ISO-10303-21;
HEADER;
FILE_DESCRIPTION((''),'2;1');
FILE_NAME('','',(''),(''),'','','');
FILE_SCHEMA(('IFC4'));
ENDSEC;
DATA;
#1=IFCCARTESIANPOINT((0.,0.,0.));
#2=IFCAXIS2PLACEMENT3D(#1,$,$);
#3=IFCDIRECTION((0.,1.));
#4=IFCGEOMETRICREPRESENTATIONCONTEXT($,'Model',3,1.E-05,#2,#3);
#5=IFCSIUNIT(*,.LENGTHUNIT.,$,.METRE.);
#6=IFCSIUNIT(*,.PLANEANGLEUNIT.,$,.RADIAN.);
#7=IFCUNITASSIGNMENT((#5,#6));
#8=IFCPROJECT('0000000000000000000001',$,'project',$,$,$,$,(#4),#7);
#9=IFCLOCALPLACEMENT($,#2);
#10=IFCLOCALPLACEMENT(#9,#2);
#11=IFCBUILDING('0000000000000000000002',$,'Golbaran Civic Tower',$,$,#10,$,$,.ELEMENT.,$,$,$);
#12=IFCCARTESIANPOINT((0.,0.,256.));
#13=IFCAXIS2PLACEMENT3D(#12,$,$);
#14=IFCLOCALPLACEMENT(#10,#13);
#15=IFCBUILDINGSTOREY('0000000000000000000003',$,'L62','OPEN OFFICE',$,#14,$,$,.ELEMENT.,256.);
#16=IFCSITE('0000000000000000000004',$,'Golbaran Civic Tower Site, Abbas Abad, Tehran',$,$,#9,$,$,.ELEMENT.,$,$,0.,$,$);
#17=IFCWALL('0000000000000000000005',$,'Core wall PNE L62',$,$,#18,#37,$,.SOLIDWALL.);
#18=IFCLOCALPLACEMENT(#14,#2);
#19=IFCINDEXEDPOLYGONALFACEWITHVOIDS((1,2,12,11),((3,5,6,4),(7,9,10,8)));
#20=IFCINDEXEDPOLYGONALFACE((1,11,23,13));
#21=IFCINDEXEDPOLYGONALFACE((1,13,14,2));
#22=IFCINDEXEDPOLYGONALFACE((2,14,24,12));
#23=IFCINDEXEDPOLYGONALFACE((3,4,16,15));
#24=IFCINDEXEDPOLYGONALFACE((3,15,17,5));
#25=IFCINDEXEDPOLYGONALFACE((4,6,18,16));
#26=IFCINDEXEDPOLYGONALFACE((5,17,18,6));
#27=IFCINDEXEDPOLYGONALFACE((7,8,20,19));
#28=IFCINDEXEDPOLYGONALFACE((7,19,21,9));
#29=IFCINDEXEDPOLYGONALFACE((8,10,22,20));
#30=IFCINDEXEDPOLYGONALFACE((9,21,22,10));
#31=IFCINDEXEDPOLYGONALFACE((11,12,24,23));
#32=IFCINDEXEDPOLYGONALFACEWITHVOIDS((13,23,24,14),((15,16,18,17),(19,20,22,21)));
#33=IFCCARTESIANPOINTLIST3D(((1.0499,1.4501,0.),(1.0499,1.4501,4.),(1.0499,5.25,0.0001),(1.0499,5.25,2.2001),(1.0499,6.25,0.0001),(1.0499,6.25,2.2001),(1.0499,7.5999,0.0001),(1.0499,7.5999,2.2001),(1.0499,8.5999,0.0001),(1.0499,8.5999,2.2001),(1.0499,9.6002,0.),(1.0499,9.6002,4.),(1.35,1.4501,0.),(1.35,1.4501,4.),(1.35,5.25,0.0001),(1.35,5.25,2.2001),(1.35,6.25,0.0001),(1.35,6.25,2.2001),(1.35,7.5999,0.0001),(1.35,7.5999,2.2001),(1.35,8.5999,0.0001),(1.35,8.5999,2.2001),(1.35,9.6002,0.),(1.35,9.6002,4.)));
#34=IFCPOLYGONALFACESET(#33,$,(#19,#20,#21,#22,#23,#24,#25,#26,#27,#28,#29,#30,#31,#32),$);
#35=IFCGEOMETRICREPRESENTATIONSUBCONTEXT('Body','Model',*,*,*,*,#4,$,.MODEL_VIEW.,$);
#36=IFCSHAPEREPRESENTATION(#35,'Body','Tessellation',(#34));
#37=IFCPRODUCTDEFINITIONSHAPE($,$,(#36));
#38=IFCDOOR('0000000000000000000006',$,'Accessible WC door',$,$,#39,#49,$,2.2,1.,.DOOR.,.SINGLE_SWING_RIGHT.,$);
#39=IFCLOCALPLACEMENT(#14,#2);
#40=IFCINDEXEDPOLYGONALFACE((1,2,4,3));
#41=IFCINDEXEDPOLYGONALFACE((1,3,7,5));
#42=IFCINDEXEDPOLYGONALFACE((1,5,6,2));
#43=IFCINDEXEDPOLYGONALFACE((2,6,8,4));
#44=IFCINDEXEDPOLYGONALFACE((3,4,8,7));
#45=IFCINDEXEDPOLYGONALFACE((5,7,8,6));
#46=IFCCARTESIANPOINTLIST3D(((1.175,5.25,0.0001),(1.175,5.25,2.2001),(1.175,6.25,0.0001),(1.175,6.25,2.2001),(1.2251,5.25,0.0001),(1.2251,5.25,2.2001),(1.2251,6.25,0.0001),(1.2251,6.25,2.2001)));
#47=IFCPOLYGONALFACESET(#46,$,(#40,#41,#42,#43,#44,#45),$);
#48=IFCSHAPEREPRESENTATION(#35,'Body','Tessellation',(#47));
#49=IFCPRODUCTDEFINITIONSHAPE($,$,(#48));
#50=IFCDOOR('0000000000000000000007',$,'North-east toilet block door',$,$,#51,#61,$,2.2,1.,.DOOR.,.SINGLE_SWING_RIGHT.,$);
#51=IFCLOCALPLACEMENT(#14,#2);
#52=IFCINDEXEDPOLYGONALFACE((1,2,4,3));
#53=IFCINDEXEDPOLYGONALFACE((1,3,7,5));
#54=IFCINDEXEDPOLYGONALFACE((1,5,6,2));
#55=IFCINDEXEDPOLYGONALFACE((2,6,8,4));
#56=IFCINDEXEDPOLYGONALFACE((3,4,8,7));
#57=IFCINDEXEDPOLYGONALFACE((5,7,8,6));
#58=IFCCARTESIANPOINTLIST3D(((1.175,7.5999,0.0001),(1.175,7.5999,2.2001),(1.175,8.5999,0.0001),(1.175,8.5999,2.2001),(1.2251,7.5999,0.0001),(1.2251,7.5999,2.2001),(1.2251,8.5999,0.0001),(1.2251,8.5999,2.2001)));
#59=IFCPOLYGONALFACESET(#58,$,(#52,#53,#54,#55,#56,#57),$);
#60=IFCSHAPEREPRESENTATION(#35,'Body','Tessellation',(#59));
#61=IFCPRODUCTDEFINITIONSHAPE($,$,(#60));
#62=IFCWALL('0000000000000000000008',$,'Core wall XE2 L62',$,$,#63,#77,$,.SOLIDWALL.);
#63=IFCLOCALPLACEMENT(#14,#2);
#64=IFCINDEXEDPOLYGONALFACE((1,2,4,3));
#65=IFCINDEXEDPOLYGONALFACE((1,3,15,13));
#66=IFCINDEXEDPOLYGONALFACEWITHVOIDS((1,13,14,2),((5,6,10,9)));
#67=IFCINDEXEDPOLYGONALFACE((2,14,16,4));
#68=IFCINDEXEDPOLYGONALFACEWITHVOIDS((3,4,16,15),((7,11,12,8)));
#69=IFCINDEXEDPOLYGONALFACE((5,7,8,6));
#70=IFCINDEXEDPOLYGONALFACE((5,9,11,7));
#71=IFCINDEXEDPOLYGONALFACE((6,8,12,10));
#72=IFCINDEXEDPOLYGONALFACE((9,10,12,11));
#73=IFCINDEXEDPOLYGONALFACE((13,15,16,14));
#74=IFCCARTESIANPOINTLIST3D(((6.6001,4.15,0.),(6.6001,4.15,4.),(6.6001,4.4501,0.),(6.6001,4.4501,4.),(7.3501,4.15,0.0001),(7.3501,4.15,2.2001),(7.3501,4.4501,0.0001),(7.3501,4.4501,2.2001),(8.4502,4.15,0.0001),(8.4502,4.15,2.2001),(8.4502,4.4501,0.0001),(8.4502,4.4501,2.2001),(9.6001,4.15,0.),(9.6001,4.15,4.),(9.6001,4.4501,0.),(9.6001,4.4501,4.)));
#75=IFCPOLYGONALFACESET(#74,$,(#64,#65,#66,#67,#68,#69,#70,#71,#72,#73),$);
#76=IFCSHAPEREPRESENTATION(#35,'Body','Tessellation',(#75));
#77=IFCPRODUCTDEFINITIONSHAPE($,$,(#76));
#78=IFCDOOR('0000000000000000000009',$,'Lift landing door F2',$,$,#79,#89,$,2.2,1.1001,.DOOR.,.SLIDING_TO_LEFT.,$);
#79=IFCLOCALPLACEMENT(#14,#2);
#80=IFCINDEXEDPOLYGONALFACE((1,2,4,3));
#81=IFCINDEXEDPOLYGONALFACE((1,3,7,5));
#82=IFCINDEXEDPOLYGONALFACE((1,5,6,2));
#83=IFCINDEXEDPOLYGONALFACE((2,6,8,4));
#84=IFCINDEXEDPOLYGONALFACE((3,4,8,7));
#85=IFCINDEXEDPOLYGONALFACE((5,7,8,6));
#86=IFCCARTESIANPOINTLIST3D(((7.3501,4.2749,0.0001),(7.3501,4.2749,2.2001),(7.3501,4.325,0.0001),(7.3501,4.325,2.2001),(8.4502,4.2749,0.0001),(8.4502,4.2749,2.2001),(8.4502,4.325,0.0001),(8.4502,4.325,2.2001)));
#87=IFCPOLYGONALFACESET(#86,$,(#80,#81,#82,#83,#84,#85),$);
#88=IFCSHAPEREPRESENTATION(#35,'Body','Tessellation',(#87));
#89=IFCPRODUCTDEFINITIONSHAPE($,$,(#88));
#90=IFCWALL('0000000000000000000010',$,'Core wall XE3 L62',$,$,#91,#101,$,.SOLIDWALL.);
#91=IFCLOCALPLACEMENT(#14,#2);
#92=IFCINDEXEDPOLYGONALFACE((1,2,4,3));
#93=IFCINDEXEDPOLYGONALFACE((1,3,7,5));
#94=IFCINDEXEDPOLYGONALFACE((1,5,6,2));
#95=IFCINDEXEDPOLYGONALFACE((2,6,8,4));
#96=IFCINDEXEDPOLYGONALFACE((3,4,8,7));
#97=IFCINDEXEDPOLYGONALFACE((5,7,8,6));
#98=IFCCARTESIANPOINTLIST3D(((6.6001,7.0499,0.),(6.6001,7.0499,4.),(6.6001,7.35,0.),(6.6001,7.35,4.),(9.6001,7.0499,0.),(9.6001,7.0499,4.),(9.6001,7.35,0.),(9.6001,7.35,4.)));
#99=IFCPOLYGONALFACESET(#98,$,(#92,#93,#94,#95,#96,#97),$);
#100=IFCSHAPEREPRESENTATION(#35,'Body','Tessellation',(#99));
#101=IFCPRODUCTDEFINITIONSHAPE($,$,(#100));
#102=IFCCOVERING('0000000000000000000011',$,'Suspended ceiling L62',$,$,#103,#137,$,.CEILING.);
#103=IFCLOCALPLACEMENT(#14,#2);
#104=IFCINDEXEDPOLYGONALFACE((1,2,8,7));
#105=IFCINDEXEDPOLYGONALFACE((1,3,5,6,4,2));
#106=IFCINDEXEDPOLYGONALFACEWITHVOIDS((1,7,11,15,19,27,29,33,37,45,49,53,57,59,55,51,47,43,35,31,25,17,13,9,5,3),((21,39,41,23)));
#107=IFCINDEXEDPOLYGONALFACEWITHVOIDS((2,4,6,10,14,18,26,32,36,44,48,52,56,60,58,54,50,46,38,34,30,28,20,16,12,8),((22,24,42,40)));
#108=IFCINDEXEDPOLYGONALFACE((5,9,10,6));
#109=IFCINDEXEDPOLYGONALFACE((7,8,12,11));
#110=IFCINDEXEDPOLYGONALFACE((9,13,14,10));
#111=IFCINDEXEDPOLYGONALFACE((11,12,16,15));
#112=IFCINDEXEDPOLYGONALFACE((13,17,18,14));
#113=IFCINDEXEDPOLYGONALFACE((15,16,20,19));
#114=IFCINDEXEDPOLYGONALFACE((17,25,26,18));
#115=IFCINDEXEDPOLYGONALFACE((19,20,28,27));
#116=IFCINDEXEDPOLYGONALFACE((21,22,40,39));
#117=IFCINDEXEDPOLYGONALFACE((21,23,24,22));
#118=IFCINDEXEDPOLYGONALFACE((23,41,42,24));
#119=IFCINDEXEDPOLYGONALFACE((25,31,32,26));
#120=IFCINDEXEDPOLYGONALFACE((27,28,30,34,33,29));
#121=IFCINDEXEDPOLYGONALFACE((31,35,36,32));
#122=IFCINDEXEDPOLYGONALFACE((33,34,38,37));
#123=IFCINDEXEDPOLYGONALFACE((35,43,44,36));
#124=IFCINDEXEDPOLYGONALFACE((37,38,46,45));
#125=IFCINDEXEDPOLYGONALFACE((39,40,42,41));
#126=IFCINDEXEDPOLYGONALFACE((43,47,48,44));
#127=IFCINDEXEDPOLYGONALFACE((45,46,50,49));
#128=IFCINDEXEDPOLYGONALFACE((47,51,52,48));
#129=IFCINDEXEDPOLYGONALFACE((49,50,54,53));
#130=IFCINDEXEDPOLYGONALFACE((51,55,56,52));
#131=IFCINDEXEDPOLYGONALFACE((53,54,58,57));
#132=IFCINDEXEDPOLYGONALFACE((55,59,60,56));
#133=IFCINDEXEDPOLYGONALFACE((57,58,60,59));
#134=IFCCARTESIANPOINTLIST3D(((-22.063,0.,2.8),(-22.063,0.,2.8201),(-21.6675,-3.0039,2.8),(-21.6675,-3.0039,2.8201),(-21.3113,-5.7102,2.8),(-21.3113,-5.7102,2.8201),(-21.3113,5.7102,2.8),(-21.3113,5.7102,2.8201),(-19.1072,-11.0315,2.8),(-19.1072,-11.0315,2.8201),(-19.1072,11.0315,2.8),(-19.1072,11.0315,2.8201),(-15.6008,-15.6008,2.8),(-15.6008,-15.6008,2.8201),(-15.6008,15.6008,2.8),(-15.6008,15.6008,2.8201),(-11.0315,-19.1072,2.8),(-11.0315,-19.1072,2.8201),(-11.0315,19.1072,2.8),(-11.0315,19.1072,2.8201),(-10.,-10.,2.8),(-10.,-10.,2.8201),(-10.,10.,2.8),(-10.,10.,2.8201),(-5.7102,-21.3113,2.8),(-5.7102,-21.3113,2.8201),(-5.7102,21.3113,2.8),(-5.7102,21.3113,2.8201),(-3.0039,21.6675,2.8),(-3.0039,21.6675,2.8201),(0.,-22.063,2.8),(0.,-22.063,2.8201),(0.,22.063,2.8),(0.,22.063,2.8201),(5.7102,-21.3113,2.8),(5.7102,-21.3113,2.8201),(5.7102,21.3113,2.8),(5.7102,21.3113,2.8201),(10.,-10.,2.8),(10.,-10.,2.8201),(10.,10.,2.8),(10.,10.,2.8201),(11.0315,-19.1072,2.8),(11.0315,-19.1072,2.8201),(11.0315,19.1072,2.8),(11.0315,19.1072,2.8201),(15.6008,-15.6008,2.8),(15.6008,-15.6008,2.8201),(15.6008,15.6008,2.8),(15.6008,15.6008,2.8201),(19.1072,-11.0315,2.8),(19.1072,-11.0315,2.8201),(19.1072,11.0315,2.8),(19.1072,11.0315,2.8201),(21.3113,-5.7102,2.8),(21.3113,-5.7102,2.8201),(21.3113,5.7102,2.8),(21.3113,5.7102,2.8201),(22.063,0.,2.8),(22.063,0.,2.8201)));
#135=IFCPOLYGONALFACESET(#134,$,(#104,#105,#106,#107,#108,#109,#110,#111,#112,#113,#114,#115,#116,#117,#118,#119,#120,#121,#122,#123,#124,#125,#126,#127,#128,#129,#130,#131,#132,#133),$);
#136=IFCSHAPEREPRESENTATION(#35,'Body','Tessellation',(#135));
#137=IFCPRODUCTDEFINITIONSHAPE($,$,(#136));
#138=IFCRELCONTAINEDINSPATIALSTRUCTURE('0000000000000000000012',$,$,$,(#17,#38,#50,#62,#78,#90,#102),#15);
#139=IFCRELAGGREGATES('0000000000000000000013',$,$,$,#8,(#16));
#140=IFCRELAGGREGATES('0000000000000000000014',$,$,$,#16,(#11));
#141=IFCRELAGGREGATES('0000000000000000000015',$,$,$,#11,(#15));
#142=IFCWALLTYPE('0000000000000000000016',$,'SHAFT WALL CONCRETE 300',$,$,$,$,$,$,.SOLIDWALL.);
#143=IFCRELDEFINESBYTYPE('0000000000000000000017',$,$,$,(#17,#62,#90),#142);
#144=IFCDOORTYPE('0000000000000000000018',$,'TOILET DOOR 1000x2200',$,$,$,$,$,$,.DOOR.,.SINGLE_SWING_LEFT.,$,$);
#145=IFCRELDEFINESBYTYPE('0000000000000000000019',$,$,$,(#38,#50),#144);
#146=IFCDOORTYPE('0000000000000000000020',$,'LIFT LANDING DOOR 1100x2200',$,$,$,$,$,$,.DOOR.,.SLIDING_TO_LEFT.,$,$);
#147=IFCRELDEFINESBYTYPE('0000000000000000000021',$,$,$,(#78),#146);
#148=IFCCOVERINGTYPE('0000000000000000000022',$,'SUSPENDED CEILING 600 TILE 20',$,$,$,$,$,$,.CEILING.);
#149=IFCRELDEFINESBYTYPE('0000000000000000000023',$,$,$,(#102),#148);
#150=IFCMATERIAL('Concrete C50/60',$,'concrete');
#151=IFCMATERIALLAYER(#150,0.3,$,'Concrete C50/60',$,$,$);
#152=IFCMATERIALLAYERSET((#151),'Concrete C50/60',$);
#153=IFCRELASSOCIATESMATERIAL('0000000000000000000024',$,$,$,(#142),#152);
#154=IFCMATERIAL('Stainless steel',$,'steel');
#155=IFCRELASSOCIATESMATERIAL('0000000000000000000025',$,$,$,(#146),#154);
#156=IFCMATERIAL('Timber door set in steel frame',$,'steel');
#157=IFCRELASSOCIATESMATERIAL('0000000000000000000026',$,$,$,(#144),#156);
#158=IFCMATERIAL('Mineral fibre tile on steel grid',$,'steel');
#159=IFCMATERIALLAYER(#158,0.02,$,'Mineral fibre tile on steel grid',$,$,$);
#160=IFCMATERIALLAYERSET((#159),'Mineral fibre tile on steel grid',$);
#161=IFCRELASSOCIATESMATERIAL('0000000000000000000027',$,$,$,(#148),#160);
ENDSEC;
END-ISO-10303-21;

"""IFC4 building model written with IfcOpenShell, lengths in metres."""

from ifc_helpers import new_model, si_unit, direction, frame, frame_2d, origin, place, context, subcontext, project, spatial, polyline, rectangle, outline, extrude, material, layer, layer_set, type_object, element, fill, save


model = new_model("IFC4")

# Units and contexts
model_context = context("Model", 3, precision=1e-05, world=origin(), true_north=direction((0.0, 1.0)))
body_context = subcontext(model_context, "Body", "Model", "MODEL_VIEW")
ifc_project = project(units=[si_unit("LENGTHUNIT", "METRE"), si_unit("PLANEANGLEUNIT", "RADIAN")], contexts=[model_context])

# Site, building, storey
site_placement = place(None, origin())
site = spatial("IfcSite", under=ifc_project, at=site_placement, Name="Golbaran Civic Tower Site, Abbas Abad, Tehran", CompositionType="ELEMENT", RefElevation=0.0)
building_placement = place(site_placement, origin())
building = spatial("IfcBuilding", under=site, at=building_placement, Name="Golbaran Civic Tower", CompositionType="ELEMENT")
storey_placement = place(building_placement, frame((0.0, 0.0, 256.0)))
storey = spatial("IfcBuildingStorey", under=building, at=storey_placement, Name="L62", Description="OPEN OFFICE", CompositionType="ELEMENT", Elevation=256.0)

# Shared definitions
ifc_material_1 = material(Name="Timber door set in steel frame", Category="steel")

# Shared definitions
ifc_material_2 = material(Name="Concrete C50/60", Category="concrete")

# Shared definitions
ifc_layer_1 = layer(ifc_material_2, 0.3, Name="Concrete C50/60")
ifc_layer_set_1 = layer_set([ifc_layer_1], Name="Concrete C50/60")
wall_type_1 = type_object("IfcWallType", Name="SHAFT WALL CONCRETE 300", PredefinedType="SOLIDWALL", material=ifc_layer_set_1)
ifc_material_3 = material(Name="Stainless steel", Category="steel")
door_type_1 = type_object("IfcDoorType", Name="LIFT LANDING DOOR 1100x2200", OperationType="SLIDING_TO_LEFT", PredefinedType="DOOR", material=ifc_material_3)

# Wall, openings, doors
wall_1_placement = place(storey_placement, frame((1.2, 1.45, 0.0), z_axis=(0.0, 0.0, 1.0), x_axis=(0.0, 1.0, 0.0)))
wall_1 = element("IfcWall", 1, at=wall_1_placement, inside=storey, type_object=wall_type_1, Name="Core wall PNE L62", PredefinedType="SOLIDWALL", context=body_context, shape_type="SweptSolid", body=[
    extrude(rectangle(XDim=8.1501, YDim=0.3, at=frame_2d((4.0752, 0.0))), origin(), (0.0, 0.0, 1.0), 4.0),
])
opening_1_placement = place(wall_1_placement, frame((3.8, 0.0, 0.0)))
opening_1 = element("IfcOpeningElement", 2, at=opening_1_placement, cuts=wall_1, PredefinedType="OPENING", context=body_context, shape_type="SweptSolid", body=[
    extrude(rectangle(XDim=1.0, YDim=2.2, at=frame_2d((0.5, 1.1001))), frame((0.0, 0.1599, 0.0), z_axis=(0.0, -1.0, 0.0), x_axis=(1.0, 0.0, 0.0)), (0.0, 0.0, 1.0), 0.3201),
])
opening_2_placement = place(wall_1_placement, frame((6.1499, 0.0, 0.0)))
opening_2 = element("IfcOpeningElement", 3, at=opening_2_placement, cuts=wall_1, PredefinedType="OPENING", context=body_context, shape_type="SweptSolid", body=[
    extrude(rectangle(XDim=1.0, YDim=2.2, at=frame_2d((0.5, 1.1001))), frame((0.0, 0.1599, 0.0), z_axis=(0.0, -1.0, 0.0), x_axis=(1.0, 0.0, 0.0)), (0.0, 0.0, 1.0), 0.3201),
])
door_type_2 = type_object("IfcDoorType", Name="TOILET DOOR 1000x2200", OperationType="SINGLE_SWING_LEFT", PredefinedType="DOOR", material=ifc_material_1)
door_1_placement = place(opening_1_placement, origin())
door_1 = element("IfcDoor", 4, at=door_1_placement, inside=storey, type_object=door_type_2, Name="Accessible WC door", OperationType="SINGLE_SWING_RIGHT", OverallHeight=2.2, OverallWidth=1.0, PredefinedType="DOOR", context=body_context, shape_type="SweptSolid", body=[
    extrude(rectangle(XDim=1.0, YDim=2.2, at=frame_2d((0.5, 1.1001))), frame((0.0, 0.0249, 0.0), z_axis=(0.0, -1.0, 0.0), x_axis=(1.0, 0.0, 0.0)), (0.0, 0.0, 1.0), 0.05),
])
fill(opening_1, door_1)
door_2_placement = place(opening_2_placement, origin())
door_2 = element("IfcDoor", 5, at=door_2_placement, inside=storey, type_object=door_type_2, Name="North-east toilet block door", OperationType="SINGLE_SWING_RIGHT", OverallHeight=2.2, OverallWidth=1.0, PredefinedType="DOOR", context=body_context, shape_type="SweptSolid", body=[
    extrude(rectangle(XDim=1.0, YDim=2.2, at=frame_2d((0.5, 1.1001))), frame((0.0, 0.0249, 0.0), z_axis=(0.0, -1.0, 0.0), x_axis=(1.0, 0.0, 0.0)), (0.0, 0.0, 1.0), 0.05),
])
fill(opening_2, door_2)

# Wall, opening, door
wall_2_placement = place(storey_placement, frame((6.6001, 4.3, 0.0), z_axis=(0.0, 0.0, 1.0), x_axis=(1.0, 0.0, 0.0)))
wall_2 = element("IfcWall", 6, at=wall_2_placement, inside=storey, type_object=wall_type_1, Name="Core wall XE2 L62", PredefinedType="SOLIDWALL", context=body_context, shape_type="SweptSolid", body=[
    extrude(rectangle(XDim=3.0, YDim=0.3, at=frame_2d((1.5, 0.0))), origin(), (0.0, 0.0, 1.0), 4.0),
])
opening_3_placement = place(wall_2_placement, frame((0.75, 0.0, 0.0)))
opening_3 = element("IfcOpeningElement", 7, at=opening_3_placement, cuts=wall_2, PredefinedType="OPENING", context=body_context, shape_type="SweptSolid", body=[
    extrude(rectangle(XDim=1.1001, YDim=2.2, at=frame_2d((0.55, 1.1001))), frame((0.0, 0.1599, 0.0), z_axis=(0.0, -1.0, 0.0), x_axis=(1.0, 0.0, 0.0)), (0.0, 0.0, 1.0), 0.3201),
])
door_3_placement = place(opening_3_placement, origin())
door_3 = element("IfcDoor", 8, at=door_3_placement, inside=storey, type_object=door_type_1, Name="Lift landing door F2", OperationType="SLIDING_TO_LEFT", OverallHeight=2.2, OverallWidth=1.1001, PredefinedType="DOOR", context=body_context, shape_type="SweptSolid", body=[
    extrude(rectangle(XDim=1.1001, YDim=2.2, at=frame_2d((0.55, 1.1001))), frame((0.0, 0.0249, 0.0), z_axis=(0.0, -1.0, 0.0), x_axis=(1.0, 0.0, 0.0)), (0.0, 0.0, 1.0), 0.05),
])
fill(opening_3, door_3)

# Wall
wall_3_placement = place(storey_placement, frame((6.6001, 7.2, 0.0), z_axis=(0.0, 0.0, 1.0), x_axis=(1.0, 0.0, 0.0)))
element("IfcWall", 9, at=wall_3_placement, inside=storey, type_object=wall_type_1, Name="Core wall XE3 L62", PredefinedType="SOLIDWALL", context=body_context, shape_type="SweptSolid", body=[
    extrude(rectangle(XDim=3.0, YDim=0.3, at=frame_2d((1.5, 0.0))), origin(), (0.0, 0.0, 1.0), 4.0),
])

# Covering
ifc_material_4 = material(Name="Mineral fibre tile on steel grid", Category="steel")
ifc_layer_2 = layer(ifc_material_4, 0.02, Name="Mineral fibre tile on steel grid")
ifc_layer_set_2 = layer_set([ifc_layer_2], Name="Mineral fibre tile on steel grid")
covering_type = type_object("IfcCoveringType", Name="SUSPENDED CEILING 600 TILE 20", PredefinedType="CEILING", material=ifc_layer_set_2)
covering_placement = place(storey_placement, frame((0.0, 0.0, 2.8)))
element("IfcCovering", 10, at=covering_placement, inside=storey, type_object=covering_type, Name="Suspended ceiling L62", PredefinedType="CEILING", context=body_context, shape_type="SweptSolid", body=[
    extrude(outline(polyline([(-19.1072, 11.0315), (-15.6008, 15.6008), (-11.0315, 19.1072), (-5.7102, 21.3113), (-3.0039, 21.6675), (0.0, 22.063), (5.7102, 21.3113), (11.0315, 19.1072), (15.6008, 15.6008), (19.1072, 11.0315), (21.3113, 5.7102), (22.063, 0.0), (21.3113, -5.7102), (19.1072, -11.0315), (15.6008, -15.6008), (11.0315, -19.1072), (5.7102, -21.3113), (0.0, -22.063), (-5.7102, -21.3113), (-11.0315, -19.1072), (-15.6008, -15.6008), (-19.1072, -11.0315), (-21.3113, -5.7102), (-21.6675, -3.0039), (-22.063, 0.0), (-21.3113, 5.7102), (-19.1072, 11.0315)]), holes=[polyline([(-10.0, 10.0), (-10.0, -10.0), (10.0, -10.0), (10.0, 10.0), (-10.0, 10.0)])]), origin(), (0.0, 0.0, 1.0), 0.02),
])

save(model, "model.ifc")
